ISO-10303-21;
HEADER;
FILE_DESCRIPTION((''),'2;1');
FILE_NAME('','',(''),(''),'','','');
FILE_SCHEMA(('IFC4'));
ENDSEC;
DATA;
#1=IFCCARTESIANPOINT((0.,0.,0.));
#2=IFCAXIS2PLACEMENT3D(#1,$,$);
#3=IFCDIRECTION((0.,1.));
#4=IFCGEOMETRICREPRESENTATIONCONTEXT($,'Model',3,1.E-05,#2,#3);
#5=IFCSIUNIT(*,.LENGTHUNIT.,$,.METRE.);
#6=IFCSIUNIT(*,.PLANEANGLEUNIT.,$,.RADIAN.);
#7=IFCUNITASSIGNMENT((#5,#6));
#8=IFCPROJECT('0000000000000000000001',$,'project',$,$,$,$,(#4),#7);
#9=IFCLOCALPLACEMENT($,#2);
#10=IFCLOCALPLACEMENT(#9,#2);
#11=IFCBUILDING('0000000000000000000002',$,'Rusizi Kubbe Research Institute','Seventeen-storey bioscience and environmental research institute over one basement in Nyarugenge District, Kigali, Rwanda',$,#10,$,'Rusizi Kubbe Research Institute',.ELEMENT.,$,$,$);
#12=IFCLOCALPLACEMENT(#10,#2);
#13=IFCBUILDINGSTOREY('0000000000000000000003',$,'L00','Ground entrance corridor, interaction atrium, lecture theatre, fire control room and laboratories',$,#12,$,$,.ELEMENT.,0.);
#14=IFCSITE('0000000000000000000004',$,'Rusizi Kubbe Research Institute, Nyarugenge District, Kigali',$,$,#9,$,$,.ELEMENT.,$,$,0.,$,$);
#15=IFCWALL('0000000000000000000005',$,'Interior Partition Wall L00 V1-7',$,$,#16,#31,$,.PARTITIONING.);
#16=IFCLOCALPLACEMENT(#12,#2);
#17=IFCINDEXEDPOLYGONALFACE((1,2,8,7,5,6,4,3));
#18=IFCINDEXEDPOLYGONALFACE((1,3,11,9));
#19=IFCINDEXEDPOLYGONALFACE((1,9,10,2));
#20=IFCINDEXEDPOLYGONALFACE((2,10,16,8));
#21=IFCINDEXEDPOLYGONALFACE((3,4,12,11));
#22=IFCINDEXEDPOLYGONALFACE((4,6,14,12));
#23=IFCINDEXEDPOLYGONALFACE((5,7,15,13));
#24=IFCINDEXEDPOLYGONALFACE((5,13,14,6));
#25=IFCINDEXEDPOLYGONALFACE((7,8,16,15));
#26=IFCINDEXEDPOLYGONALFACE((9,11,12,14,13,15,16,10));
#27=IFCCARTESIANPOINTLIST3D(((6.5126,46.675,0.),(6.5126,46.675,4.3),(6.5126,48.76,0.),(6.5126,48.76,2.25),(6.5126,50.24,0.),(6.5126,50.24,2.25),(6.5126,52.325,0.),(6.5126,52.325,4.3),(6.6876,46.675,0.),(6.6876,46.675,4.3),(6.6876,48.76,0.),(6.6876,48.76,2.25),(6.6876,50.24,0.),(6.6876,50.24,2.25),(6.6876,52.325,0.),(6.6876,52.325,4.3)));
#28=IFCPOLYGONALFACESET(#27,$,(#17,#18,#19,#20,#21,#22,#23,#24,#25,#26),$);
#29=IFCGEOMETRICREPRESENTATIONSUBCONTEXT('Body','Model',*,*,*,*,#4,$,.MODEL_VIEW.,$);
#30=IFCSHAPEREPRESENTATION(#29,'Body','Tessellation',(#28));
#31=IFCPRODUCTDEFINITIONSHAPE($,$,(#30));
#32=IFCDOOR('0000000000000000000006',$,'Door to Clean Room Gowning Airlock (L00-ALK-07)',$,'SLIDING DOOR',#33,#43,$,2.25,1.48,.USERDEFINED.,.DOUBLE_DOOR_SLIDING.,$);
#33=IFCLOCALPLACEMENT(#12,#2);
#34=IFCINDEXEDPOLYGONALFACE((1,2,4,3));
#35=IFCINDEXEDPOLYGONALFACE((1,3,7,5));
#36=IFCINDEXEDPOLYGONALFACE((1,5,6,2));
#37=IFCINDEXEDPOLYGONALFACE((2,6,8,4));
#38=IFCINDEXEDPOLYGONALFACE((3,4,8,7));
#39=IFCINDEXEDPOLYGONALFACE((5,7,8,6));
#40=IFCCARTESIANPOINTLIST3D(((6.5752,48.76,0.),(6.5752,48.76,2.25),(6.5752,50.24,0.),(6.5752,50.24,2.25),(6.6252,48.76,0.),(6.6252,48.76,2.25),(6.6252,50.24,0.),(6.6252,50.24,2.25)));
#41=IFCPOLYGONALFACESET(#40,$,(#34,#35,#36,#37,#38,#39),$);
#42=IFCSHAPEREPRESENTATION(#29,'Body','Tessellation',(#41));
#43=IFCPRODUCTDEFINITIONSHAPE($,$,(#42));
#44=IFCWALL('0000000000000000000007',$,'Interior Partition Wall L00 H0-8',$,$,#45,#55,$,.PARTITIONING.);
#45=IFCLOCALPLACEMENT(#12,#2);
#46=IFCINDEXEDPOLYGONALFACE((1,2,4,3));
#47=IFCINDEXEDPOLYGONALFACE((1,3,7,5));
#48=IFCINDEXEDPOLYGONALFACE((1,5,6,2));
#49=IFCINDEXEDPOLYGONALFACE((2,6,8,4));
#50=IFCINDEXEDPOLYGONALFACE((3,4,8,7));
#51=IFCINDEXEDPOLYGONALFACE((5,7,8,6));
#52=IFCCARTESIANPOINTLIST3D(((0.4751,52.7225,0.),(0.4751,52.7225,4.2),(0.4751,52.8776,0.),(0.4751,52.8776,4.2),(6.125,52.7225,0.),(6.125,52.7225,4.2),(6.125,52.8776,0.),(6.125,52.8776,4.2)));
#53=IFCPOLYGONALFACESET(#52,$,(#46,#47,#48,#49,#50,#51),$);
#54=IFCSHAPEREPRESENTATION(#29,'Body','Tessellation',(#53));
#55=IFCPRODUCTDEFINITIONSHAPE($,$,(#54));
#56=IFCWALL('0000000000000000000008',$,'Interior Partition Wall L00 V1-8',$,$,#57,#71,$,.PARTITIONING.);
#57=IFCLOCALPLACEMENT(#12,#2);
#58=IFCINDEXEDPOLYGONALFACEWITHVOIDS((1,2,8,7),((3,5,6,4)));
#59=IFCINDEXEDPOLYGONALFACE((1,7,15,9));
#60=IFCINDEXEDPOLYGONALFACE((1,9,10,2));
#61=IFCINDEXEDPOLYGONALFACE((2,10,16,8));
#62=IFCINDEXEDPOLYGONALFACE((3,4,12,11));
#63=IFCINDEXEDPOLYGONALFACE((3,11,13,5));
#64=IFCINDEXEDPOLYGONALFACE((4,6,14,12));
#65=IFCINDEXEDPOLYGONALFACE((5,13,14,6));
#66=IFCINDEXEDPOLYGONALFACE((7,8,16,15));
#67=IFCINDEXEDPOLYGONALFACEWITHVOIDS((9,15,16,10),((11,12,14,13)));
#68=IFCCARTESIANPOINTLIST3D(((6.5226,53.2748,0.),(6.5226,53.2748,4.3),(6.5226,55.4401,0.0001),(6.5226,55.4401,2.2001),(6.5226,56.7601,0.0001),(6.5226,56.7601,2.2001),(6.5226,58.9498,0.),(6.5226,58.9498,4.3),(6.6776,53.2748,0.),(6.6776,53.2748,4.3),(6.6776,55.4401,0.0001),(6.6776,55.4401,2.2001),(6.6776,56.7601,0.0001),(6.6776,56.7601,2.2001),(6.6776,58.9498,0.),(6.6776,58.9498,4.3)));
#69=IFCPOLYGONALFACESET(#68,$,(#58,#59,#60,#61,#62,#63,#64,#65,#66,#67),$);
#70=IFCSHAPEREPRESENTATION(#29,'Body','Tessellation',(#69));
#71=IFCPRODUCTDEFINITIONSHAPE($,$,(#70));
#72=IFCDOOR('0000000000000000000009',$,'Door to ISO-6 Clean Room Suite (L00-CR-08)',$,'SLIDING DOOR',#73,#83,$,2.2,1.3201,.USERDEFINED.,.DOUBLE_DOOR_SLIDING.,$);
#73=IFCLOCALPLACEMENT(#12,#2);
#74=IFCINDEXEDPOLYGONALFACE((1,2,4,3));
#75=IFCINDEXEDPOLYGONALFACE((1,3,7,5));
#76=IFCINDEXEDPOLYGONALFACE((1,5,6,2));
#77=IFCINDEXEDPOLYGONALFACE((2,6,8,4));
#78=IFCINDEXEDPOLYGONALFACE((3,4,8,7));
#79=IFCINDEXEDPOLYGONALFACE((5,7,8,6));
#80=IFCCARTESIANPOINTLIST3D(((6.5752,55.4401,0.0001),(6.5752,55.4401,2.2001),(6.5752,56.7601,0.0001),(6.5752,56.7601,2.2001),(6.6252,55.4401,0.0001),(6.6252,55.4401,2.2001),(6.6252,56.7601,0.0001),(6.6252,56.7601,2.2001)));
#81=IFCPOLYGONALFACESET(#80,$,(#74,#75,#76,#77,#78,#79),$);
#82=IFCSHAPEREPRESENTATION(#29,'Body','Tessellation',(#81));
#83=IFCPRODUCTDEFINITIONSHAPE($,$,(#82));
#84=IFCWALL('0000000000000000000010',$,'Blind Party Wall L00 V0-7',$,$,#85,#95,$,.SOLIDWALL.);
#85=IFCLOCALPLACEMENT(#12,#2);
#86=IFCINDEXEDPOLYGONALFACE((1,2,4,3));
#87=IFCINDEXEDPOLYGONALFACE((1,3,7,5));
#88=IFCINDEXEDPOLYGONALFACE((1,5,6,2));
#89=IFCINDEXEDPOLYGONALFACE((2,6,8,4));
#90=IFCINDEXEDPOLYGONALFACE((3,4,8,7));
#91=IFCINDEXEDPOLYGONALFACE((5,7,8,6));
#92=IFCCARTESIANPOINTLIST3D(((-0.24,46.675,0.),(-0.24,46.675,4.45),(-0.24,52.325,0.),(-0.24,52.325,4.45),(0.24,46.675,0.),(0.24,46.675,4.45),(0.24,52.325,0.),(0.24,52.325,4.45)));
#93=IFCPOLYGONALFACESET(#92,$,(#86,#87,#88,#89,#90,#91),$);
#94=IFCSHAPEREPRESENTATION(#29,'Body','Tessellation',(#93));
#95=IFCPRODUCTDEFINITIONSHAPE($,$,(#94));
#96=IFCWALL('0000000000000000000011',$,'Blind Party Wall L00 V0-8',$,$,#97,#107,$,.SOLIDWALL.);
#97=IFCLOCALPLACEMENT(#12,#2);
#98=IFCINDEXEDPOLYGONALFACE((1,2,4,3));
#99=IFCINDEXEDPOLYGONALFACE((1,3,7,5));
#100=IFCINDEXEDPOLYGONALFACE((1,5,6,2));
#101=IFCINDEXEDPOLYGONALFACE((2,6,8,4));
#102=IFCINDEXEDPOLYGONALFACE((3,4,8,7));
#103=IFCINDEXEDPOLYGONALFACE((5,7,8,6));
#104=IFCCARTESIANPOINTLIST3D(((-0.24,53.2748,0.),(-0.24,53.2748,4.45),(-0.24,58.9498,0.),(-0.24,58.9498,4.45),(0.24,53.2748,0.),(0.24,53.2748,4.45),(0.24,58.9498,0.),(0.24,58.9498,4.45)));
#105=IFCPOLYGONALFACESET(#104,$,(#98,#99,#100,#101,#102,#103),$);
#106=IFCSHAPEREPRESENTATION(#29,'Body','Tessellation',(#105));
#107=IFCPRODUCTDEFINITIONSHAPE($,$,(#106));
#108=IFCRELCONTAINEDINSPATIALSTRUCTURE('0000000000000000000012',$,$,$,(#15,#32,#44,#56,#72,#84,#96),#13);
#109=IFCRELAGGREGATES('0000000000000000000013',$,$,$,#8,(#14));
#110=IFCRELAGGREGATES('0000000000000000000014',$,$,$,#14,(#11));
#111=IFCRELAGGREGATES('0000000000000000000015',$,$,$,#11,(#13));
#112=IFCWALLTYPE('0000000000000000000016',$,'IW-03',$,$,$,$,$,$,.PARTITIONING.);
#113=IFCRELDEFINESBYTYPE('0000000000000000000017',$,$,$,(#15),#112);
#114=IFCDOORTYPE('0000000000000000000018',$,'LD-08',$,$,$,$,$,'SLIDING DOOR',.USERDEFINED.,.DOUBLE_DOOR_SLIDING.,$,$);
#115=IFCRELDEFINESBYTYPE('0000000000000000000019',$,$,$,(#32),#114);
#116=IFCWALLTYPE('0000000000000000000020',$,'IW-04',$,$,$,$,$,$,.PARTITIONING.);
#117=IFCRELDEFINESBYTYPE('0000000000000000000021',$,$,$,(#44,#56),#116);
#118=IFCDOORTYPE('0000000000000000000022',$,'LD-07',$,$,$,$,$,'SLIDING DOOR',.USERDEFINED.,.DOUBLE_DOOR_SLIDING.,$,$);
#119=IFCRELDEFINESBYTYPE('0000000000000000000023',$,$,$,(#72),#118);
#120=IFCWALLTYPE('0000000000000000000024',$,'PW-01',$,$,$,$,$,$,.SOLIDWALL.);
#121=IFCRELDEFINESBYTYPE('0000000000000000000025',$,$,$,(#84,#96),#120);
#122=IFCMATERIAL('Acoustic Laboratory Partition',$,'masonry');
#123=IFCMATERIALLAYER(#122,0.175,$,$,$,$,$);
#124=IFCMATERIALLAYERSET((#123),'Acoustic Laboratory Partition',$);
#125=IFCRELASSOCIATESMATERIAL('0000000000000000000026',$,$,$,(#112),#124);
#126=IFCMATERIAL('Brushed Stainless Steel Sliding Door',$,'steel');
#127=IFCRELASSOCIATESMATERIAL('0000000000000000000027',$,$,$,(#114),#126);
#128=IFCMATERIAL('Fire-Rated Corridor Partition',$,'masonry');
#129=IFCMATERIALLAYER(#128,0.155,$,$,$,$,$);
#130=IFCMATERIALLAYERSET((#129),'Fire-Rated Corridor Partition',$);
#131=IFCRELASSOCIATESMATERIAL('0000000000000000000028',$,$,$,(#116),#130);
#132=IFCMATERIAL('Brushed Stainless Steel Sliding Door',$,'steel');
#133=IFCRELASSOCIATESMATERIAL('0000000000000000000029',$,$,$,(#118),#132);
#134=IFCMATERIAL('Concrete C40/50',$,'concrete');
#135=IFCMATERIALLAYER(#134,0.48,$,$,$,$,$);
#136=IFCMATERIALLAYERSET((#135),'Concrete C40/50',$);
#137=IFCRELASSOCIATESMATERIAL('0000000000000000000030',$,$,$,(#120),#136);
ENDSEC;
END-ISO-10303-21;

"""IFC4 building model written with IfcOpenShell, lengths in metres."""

from ifc_helpers import new_model, si_unit, direction, frame, frame_2d, origin, place, context, subcontext, project, spatial, rectangle, extrude, material, layer, layer_set, type_object, element, fill, save


model = new_model("IFC4")

# Units and contexts
model_context = context("Model", 3, precision=1e-05, world=origin(), true_north=direction((0.0, 1.0)))
body_context = subcontext(model_context, "Body", "Model", "MODEL_VIEW")
ifc_project = project(units=[si_unit("LENGTHUNIT", "METRE"), si_unit("PLANEANGLEUNIT", "RADIAN")], contexts=[model_context])

# Site, building, storey
site_placement = place(None, origin())
site = spatial("IfcSite", under=ifc_project, at=site_placement, Name="Rusizi Kubbe Research Institute, Nyarugenge District, Kigali", CompositionType="ELEMENT", RefElevation=0.0)
building_placement = place(site_placement, origin())
building = spatial("IfcBuilding", under=site, at=building_placement, Name="Rusizi Kubbe Research Institute", Description="Seventeen-storey bioscience and environmental research institute over one basement in Nyarugenge District, Kigali, Rwanda", LongName="Rusizi Kubbe Research Institute", CompositionType="ELEMENT")
storey_placement = place(building_placement, origin())
storey = spatial("IfcBuildingStorey", under=building, at=storey_placement, Name="L00", Description="Ground entrance corridor, interaction atrium, lecture theatre, fire control room and laboratories", CompositionType="ELEMENT", Elevation=0.0)

# Wall, opening, door
ifc_material_1 = material(Name="Acoustic Laboratory Partition", Category="masonry")
ifc_layer_1 = layer(ifc_material_1, 0.175)
ifc_layer_set_1 = layer_set([ifc_layer_1], Name="Acoustic Laboratory Partition")
wall_type_1 = type_object("IfcWallType", Name="IW-03", PredefinedType="PARTITIONING", material=ifc_layer_set_1)
wall_1_placement = place(storey_placement, frame((6.6001, 46.675, 0.0), z_axis=(0.0, 0.0, 1.0), x_axis=(0.0, 1.0, 0.0)))
wall_1 = element("IfcWall", 1, at=wall_1_placement, inside=storey, type_object=wall_type_1, Name="Interior Partition Wall L00 V1-7", PredefinedType="PARTITIONING", context=body_context, shape_type="SweptSolid", body=[
    extrude(rectangle(XDim=5.6499, YDim=0.175, at=frame_2d((2.825, 0.0))), origin(), (0.0, 0.0, 1.0), 4.3),
])
opening_1_placement = place(wall_1_placement, frame((2.085, 0.0, 0.0)))
opening_1 = element("IfcOpeningElement", 2, at=opening_1_placement, cuts=wall_1, PredefinedType="OPENING", context=body_context, shape_type="SweptSolid", body=[
    extrude(rectangle(XDim=1.48, YDim=2.25, at=frame_2d((0.74, 1.125))), frame((0.0, 0.0974, 0.0), z_axis=(0.0, -1.0, 0.0), x_axis=(1.0, 0.0, 0.0)), (0.0, 0.0, 1.0), 0.1951),
])
ifc_material_2 = material(Name="Brushed Stainless Steel Sliding Door", Category="steel")
door_type_1 = type_object("IfcDoorType", Name="LD-08", ElementType="SLIDING DOOR", OperationType="DOUBLE_DOOR_SLIDING", PredefinedType="USERDEFINED", material=ifc_material_2)
door_1_placement = place(opening_1_placement, origin())
door_1 = element("IfcDoor", 3, at=door_1_placement, inside=storey, type_object=door_type_1, Name="Door to Clean Room Gowning Airlock (L00-ALK-07)", ObjectType="SLIDING DOOR", OperationType="DOUBLE_DOOR_SLIDING", OverallHeight=2.25, OverallWidth=1.48, PredefinedType="USERDEFINED", context=body_context, shape_type="SweptSolid", body=[
    extrude(rectangle(XDim=1.48, YDim=2.25, at=frame_2d((0.74, 1.125))), frame((0.0, 0.0249, 0.0), z_axis=(0.0, -1.0, 0.0), x_axis=(1.0, 0.0, 0.0)), (0.0, 0.0, 1.0), 0.05),
])
fill(opening_1, door_1)

# Wall
ifc_material_3 = material(Name="Fire-Rated Corridor Partition", Category="masonry")
ifc_layer_2 = layer(ifc_material_3, 0.155)
ifc_layer_set_2 = layer_set([ifc_layer_2], Name="Fire-Rated Corridor Partition")
wall_type_2 = type_object("IfcWallType", Name="IW-04", PredefinedType="PARTITIONING", material=ifc_layer_set_2)
wall_2_placement = place(storey_placement, frame((0.4751, 52.8, 0.0), z_axis=(0.0, 0.0, 1.0), x_axis=(1.0, 0.0, 0.0)))
element("IfcWall", 4, at=wall_2_placement, inside=storey, type_object=wall_type_2, Name="Interior Partition Wall L00 H0-8", PredefinedType="PARTITIONING", context=body_context, shape_type="SweptSolid", body=[
    extrude(rectangle(XDim=5.6499, YDim=0.155, at=frame_2d((2.825, 0.0))), origin(), (0.0, 0.0, 1.0), 4.2),
])

# Wall, opening, door
wall_3_placement = place(storey_placement, frame((6.6001, 53.2749, 0.0), z_axis=(0.0, 0.0, 1.0), x_axis=(0.0, 1.0, 0.0)))
wall_3 = element("IfcWall", 5, at=wall_3_placement, inside=storey, type_object=wall_type_2, Name="Interior Partition Wall L00 V1-8", PredefinedType="PARTITIONING", context=body_context, shape_type="SweptSolid", body=[
    extrude(rectangle(XDim=5.675, YDim=0.155, at=frame_2d((2.8374, 0.0))), origin(), (0.0, 0.0, 1.0), 4.3),
])
opening_2_placement = place(wall_3_placement, frame((2.165, 0.0, 0.0)))
opening_2 = element("IfcOpeningElement", 6, at=opening_2_placement, cuts=wall_3, PredefinedType="OPENING", context=body_context, shape_type="SweptSolid", body=[
    extrude(rectangle(XDim=1.3201, YDim=2.2, at=frame_2d((0.6602, 1.1001))), frame((0.0, 0.0874, 0.0), z_axis=(0.0, -1.0, 0.0), x_axis=(1.0, 0.0, 0.0)), (0.0, 0.0, 1.0), 0.175),
])
ifc_material_4 = material(Name="Brushed Stainless Steel Sliding Door", Category="steel")
door_type_2 = type_object("IfcDoorType", Name="LD-07", ElementType="SLIDING DOOR", OperationType="DOUBLE_DOOR_SLIDING", PredefinedType="USERDEFINED", material=ifc_material_4)
door_2_placement = place(opening_2_placement, origin())
door_2 = element("IfcDoor", 7, at=door_2_placement, inside=storey, type_object=door_type_2, Name="Door to ISO-6 Clean Room Suite (L00-CR-08)", ObjectType="SLIDING DOOR", OperationType="DOUBLE_DOOR_SLIDING", OverallHeight=2.2, OverallWidth=1.3201, PredefinedType="USERDEFINED", context=body_context, shape_type="SweptSolid", body=[
    extrude(rectangle(XDim=1.3201, YDim=2.2, at=frame_2d((0.6602, 1.1001))), frame((0.0, 0.0249, 0.0), z_axis=(0.0, -1.0, 0.0), x_axis=(1.0, 0.0, 0.0)), (0.0, 0.0, 1.0), 0.05),
])
fill(opening_2, door_2)

# Walls
ifc_material_5 = material(Name="Concrete C40/50", Category="concrete")
ifc_layer_3 = layer(ifc_material_5, 0.48)
ifc_layer_set_3 = layer_set([ifc_layer_3], Name="Concrete C40/50")
wall_type_3 = type_object("IfcWallType", Name="PW-01", PredefinedType="SOLIDWALL", material=ifc_layer_set_3)
wall_4_placement = place(storey_placement, frame((0.0, 46.675, 0.0), z_axis=(0.0, 0.0, 1.0), x_axis=(0.0, 1.0, 0.0)))
element("IfcWall", 8, at=wall_4_placement, inside=storey, type_object=wall_type_3, Name="Blind Party Wall L00 V0-7", PredefinedType="SOLIDWALL", context=body_context, shape_type="SweptSolid", body=[
    extrude(rectangle(XDim=5.6499, YDim=0.48, at=frame_2d((2.825, 0.0))), origin(), (0.0, 0.0, 1.0), 4.45),
])
wall_5_placement = place(storey_placement, frame((0.0, 53.2749, 0.0), z_axis=(0.0, 0.0, 1.0), x_axis=(0.0, 1.0, 0.0)))
element("IfcWall", 9, at=wall_5_placement, inside=storey, type_object=wall_type_3, Name="Blind Party Wall L00 V0-8", PredefinedType="SOLIDWALL", context=body_context, shape_type="SweptSolid", body=[
    extrude(rectangle(XDim=5.675, YDim=0.48, at=frame_2d((2.8374, 0.0))), origin(), (0.0, 0.0, 1.0), 4.45),
])

save(model, "model.ifc")
